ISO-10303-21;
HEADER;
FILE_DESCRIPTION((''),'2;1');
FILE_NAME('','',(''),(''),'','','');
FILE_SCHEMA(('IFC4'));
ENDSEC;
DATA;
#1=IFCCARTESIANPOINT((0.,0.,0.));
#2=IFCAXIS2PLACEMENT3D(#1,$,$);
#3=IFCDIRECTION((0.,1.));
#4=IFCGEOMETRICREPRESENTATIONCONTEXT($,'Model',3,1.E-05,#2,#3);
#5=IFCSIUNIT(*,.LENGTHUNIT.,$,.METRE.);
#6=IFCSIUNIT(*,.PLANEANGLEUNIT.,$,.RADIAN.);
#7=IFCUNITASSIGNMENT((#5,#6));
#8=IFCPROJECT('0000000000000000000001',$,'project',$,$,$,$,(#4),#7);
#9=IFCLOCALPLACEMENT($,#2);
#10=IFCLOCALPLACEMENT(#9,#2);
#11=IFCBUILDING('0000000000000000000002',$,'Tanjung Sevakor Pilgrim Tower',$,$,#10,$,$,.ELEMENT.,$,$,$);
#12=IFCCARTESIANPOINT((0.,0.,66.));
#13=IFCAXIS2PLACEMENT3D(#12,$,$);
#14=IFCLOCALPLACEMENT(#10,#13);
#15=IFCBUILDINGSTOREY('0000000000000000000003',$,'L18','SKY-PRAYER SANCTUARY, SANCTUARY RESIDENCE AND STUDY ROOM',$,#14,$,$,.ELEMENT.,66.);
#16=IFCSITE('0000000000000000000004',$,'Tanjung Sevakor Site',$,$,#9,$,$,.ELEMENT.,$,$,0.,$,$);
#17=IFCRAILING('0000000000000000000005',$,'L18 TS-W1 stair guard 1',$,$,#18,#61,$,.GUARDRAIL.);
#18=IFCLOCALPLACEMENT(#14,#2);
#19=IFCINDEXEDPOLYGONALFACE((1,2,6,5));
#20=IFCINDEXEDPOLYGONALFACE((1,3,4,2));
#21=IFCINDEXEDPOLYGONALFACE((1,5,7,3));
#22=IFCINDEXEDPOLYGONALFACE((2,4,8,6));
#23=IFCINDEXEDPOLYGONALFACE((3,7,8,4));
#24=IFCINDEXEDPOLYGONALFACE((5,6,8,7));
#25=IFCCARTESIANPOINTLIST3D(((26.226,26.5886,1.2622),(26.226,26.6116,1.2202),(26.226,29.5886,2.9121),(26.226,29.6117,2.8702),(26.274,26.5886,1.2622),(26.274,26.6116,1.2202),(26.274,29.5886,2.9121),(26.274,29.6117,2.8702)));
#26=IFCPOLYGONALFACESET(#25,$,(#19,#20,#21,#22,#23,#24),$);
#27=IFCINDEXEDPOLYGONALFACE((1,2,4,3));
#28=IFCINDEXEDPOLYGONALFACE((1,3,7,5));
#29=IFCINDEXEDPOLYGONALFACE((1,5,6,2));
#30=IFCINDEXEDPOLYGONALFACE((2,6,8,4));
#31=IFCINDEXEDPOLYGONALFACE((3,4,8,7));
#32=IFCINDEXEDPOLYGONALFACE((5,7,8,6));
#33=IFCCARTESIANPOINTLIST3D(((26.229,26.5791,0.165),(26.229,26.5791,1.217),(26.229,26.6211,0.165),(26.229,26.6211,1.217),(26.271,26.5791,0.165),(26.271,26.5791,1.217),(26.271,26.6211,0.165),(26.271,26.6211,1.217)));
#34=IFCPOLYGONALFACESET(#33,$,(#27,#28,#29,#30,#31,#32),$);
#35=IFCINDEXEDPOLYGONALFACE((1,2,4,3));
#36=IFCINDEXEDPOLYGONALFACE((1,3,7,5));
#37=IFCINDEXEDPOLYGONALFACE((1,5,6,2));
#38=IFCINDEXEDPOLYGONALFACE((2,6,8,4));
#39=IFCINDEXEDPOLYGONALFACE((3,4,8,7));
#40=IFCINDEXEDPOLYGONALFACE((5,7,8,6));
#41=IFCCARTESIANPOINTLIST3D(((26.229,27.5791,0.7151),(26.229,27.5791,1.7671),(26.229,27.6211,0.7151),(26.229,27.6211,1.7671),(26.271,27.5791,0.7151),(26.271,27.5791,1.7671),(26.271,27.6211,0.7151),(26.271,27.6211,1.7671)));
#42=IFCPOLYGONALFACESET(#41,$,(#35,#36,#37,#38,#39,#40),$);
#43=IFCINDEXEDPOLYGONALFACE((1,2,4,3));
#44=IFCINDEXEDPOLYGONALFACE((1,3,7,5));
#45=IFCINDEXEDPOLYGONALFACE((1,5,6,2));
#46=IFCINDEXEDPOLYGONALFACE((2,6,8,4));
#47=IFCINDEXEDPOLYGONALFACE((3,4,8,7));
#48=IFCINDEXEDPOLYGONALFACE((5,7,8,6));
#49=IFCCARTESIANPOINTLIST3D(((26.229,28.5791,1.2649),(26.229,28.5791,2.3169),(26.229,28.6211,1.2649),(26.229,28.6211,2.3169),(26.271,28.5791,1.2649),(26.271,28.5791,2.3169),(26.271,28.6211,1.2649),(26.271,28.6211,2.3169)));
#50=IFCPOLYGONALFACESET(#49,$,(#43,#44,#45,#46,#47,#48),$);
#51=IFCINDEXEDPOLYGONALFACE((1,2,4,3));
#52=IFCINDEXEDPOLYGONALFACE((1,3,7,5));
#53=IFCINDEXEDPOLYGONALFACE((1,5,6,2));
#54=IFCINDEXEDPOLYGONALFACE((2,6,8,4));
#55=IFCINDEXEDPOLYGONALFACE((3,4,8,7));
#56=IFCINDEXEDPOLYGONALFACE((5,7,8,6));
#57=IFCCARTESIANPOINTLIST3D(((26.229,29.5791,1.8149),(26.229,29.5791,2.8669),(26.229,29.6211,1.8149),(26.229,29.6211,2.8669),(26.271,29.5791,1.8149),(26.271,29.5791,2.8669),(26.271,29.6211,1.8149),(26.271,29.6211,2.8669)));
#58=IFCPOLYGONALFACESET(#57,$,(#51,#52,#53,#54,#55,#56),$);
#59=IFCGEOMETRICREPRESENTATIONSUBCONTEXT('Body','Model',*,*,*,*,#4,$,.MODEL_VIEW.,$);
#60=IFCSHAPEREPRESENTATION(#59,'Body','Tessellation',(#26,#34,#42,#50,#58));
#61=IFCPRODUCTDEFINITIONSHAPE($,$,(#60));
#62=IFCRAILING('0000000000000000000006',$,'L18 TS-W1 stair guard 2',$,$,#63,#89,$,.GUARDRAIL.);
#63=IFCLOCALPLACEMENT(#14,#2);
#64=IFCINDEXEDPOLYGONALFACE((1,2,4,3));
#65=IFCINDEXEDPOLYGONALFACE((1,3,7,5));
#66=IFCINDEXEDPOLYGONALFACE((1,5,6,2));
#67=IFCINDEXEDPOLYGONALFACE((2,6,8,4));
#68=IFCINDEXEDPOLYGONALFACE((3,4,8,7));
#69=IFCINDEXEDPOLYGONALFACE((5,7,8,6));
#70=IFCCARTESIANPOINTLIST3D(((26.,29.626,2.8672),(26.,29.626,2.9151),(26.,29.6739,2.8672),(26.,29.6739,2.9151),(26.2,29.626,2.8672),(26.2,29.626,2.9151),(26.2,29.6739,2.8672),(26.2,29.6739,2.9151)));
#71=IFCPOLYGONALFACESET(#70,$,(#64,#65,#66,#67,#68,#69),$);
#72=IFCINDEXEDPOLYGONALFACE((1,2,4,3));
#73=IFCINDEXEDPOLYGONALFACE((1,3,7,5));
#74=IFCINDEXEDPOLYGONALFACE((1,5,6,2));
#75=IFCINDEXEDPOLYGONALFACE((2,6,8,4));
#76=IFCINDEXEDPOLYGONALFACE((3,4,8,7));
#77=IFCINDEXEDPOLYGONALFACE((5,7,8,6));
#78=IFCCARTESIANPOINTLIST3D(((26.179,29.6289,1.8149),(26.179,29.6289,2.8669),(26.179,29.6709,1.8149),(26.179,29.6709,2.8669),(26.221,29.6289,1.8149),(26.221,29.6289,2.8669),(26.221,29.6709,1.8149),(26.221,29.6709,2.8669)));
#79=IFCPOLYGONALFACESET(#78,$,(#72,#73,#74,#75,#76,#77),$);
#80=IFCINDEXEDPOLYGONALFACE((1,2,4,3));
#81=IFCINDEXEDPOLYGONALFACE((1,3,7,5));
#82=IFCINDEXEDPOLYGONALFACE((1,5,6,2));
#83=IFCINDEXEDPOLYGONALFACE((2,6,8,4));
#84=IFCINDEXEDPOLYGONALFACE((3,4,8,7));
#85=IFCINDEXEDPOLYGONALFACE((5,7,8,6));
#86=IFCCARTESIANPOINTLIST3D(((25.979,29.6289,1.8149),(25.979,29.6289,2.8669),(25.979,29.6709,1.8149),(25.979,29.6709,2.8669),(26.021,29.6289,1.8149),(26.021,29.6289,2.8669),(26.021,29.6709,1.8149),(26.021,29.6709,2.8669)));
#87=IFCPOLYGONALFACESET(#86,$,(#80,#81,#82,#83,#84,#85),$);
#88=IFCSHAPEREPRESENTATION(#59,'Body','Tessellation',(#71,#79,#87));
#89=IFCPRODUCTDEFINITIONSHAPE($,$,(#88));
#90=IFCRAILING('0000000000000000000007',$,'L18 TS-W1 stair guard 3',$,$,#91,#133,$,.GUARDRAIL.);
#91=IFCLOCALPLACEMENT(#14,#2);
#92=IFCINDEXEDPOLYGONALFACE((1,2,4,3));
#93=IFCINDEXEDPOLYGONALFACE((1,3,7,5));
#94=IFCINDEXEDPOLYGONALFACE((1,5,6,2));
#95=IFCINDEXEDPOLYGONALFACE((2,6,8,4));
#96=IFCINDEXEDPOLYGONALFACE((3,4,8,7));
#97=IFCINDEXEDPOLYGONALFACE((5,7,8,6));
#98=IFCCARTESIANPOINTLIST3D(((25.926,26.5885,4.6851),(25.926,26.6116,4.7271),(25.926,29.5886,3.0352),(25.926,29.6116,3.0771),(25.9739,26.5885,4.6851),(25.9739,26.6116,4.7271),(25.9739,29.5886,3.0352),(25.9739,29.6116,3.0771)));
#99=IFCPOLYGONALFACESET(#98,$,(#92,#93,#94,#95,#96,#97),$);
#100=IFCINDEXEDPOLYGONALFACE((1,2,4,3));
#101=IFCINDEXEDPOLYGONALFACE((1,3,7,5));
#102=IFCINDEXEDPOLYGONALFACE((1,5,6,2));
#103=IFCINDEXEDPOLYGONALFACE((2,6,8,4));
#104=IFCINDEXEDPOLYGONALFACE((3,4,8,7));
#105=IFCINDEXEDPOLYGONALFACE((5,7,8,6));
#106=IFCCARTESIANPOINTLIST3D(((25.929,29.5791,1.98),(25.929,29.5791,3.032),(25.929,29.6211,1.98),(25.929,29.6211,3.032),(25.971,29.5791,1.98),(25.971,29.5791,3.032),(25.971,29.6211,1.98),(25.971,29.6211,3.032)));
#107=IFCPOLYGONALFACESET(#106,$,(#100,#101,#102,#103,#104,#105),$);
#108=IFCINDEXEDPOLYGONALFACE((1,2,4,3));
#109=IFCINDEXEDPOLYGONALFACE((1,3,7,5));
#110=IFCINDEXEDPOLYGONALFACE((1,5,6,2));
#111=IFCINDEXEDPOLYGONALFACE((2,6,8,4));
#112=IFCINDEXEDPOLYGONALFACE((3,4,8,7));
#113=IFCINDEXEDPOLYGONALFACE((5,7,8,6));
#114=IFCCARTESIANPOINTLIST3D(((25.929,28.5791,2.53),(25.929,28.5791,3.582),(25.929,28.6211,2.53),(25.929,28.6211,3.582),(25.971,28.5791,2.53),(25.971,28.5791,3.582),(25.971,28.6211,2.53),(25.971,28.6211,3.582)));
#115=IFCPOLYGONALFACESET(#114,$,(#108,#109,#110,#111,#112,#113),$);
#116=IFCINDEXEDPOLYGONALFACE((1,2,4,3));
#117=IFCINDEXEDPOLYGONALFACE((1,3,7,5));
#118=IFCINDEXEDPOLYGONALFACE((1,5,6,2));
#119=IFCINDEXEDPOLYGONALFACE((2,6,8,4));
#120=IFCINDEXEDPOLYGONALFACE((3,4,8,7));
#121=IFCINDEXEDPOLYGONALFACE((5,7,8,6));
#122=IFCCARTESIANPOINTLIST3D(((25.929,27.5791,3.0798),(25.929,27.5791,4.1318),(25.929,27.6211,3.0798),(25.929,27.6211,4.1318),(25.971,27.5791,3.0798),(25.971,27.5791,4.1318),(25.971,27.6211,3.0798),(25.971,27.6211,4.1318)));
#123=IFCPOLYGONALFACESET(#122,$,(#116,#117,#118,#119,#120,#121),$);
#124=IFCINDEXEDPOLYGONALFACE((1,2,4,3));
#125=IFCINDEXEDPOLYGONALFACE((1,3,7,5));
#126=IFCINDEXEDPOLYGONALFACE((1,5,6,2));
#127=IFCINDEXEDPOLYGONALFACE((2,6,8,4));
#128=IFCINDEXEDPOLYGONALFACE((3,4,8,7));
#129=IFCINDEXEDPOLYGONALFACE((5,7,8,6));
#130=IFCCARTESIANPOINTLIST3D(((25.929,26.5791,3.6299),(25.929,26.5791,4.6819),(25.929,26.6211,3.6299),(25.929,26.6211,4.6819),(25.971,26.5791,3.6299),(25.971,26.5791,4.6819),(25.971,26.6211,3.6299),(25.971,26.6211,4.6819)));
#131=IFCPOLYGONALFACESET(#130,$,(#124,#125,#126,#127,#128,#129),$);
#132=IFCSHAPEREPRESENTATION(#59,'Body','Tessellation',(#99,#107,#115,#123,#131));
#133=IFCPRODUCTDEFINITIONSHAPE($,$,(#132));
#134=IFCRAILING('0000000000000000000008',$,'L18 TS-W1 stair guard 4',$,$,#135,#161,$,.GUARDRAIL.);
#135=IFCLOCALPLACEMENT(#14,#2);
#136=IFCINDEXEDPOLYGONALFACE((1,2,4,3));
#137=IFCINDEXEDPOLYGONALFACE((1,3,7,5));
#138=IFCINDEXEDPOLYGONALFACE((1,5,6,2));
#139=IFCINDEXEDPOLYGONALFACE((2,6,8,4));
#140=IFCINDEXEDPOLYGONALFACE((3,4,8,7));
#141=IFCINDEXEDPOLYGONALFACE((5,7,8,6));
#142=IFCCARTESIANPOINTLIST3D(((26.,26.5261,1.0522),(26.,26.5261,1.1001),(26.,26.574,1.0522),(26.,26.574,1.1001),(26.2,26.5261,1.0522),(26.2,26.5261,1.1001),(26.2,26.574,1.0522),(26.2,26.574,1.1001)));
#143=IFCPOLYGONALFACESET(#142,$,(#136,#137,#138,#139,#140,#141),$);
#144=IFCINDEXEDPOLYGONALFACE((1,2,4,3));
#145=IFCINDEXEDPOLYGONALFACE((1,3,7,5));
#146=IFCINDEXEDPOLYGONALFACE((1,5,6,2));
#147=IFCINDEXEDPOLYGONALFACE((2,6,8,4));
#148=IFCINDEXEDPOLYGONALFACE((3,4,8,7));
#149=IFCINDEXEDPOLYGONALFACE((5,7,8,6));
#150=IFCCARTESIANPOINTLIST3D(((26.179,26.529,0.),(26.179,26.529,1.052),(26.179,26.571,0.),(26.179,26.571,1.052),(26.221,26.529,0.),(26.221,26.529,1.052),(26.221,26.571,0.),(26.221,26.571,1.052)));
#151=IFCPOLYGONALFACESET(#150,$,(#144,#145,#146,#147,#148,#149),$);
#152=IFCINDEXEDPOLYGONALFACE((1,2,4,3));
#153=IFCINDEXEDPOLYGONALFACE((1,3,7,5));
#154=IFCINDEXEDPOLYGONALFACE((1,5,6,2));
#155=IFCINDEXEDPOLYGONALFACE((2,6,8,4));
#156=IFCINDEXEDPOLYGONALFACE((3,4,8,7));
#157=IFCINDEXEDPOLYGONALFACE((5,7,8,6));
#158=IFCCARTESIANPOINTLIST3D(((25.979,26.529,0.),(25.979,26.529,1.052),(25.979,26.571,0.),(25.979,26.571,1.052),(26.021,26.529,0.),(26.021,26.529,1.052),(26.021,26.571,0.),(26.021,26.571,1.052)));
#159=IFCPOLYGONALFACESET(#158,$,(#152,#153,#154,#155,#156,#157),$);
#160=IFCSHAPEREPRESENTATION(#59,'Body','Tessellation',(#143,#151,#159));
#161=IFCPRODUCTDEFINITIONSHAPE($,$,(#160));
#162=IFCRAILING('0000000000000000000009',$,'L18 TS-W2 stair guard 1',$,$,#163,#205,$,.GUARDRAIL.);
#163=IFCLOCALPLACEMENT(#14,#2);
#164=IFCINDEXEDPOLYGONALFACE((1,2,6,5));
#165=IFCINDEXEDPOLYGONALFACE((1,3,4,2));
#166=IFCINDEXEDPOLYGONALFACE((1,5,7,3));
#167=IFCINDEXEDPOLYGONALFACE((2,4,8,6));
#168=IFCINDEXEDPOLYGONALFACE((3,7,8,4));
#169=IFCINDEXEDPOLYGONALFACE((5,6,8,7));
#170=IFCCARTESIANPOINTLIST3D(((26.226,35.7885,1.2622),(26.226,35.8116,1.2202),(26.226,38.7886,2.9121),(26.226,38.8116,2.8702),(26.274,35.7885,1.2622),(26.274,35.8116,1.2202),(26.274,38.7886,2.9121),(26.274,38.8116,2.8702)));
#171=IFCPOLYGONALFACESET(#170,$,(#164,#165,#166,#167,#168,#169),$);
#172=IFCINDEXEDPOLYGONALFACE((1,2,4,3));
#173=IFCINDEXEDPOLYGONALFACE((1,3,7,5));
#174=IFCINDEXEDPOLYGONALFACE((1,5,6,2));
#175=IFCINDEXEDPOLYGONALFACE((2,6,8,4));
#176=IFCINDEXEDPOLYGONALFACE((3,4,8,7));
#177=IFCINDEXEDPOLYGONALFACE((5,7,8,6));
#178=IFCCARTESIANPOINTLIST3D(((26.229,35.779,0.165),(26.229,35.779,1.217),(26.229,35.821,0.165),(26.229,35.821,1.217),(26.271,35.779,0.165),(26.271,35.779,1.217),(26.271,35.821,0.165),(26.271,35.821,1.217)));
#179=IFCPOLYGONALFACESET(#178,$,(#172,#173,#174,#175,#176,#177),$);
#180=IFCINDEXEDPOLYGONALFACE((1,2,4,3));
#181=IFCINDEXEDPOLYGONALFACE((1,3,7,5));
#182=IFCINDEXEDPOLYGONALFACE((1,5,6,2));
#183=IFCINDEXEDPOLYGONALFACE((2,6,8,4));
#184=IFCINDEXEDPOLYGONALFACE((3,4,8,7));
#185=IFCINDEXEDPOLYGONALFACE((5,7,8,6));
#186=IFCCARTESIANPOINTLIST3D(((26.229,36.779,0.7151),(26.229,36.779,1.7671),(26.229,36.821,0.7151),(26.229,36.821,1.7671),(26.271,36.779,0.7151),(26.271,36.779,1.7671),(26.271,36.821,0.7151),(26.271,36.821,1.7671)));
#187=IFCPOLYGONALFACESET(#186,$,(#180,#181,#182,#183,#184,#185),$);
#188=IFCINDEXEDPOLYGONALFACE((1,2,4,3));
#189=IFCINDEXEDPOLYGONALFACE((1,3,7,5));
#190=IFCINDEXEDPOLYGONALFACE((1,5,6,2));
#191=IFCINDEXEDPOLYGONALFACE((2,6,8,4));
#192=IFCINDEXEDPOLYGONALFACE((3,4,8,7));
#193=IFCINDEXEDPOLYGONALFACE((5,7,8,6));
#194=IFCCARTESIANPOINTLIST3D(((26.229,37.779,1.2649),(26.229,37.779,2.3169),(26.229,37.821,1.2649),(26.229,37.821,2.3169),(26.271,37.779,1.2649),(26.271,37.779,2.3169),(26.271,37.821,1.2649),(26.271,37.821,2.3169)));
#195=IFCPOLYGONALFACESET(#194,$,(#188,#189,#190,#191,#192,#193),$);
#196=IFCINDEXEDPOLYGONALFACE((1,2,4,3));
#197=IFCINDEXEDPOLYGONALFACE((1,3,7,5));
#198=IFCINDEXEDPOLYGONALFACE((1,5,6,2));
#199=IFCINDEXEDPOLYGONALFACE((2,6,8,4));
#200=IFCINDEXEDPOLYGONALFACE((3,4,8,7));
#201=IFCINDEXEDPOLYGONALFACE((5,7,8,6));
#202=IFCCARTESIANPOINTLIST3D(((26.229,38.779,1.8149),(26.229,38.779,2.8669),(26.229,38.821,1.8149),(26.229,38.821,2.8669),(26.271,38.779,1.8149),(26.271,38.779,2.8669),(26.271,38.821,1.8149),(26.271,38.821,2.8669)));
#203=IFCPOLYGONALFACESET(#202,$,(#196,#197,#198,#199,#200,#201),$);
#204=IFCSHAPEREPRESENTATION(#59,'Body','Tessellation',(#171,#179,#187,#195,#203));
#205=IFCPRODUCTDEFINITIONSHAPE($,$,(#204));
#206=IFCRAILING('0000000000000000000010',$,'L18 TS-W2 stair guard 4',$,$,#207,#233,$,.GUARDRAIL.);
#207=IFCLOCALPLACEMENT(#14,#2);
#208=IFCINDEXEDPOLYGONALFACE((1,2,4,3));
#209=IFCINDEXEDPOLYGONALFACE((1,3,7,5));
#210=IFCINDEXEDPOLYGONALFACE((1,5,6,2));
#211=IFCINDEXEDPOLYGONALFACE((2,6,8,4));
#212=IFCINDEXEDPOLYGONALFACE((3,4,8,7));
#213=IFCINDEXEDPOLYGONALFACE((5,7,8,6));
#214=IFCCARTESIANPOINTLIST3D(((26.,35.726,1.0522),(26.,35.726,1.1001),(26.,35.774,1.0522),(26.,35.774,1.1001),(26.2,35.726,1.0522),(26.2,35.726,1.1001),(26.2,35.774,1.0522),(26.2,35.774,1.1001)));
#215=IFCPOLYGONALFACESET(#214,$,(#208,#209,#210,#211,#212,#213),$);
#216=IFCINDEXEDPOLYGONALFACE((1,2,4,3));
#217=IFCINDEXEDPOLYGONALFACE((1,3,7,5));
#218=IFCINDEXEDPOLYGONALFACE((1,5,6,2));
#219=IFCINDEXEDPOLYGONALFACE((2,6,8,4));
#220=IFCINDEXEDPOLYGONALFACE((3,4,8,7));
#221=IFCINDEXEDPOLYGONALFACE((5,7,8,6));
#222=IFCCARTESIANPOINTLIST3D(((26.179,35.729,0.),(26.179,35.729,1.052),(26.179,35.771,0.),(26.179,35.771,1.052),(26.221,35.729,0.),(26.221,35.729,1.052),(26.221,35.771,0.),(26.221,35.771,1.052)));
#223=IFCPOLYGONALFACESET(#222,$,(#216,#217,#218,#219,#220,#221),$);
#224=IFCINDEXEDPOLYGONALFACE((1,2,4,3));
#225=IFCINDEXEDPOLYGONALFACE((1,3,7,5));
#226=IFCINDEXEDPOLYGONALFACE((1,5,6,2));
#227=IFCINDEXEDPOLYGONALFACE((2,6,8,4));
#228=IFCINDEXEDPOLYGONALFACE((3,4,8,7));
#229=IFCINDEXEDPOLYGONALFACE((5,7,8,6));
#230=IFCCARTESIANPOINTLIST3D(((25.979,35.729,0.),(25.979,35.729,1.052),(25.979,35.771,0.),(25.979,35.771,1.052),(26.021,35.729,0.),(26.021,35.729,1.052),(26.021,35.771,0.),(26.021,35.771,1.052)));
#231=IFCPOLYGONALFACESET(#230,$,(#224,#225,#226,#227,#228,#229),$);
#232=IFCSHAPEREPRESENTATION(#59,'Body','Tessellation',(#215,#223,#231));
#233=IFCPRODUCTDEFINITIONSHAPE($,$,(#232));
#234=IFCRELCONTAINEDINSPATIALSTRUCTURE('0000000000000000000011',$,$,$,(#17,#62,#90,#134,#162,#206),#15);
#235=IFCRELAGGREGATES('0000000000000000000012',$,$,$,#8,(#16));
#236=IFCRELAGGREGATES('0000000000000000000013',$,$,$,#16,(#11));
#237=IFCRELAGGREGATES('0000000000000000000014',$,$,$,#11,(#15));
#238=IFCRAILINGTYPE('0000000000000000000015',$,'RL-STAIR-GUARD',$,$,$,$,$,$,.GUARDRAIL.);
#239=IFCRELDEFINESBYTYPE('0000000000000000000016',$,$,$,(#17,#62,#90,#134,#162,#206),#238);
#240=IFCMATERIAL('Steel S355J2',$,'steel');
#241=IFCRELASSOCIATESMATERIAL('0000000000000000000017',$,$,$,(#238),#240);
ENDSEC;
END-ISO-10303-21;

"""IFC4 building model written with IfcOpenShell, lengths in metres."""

from ifc_helpers import new_model, si_unit, direction, frame, origin, place, context, subcontext, project, spatial, rectangle, extrude, material, type_object, element, save


model = new_model("IFC4")

# Units and contexts
model_context = context("Model", 3, precision=1e-05, world=origin(), true_north=direction((0.0, 1.0)))
body_context = subcontext(model_context, "Body", "Model", "MODEL_VIEW")
ifc_project = project(units=[si_unit("LENGTHUNIT", "METRE"), si_unit("PLANEANGLEUNIT", "RADIAN")], contexts=[model_context])

# Site, building, storey
site_placement = place(None, origin())
site = spatial("IfcSite", under=ifc_project, at=site_placement, Name="Tanjung Sevakor Site", CompositionType="ELEMENT", RefElevation=0.0)
building_placement = place(site_placement, origin())
building = spatial("IfcBuilding", under=site, at=building_placement, Name="Tanjung Sevakor Pilgrim Tower", CompositionType="ELEMENT")
storey_placement = place(building_placement, frame((0.0, 0.0, 66.0)))
storey = spatial("IfcBuildingStorey", under=building, at=storey_placement, Name="L18", Description="SKY-PRAYER SANCTUARY, SANCTUARY RESIDENCE AND STUDY ROOM", CompositionType="ELEMENT", Elevation=66.0)

# Railings
ifc_material_1 = material(Name="Steel S355J2", Category="steel")
railing_type_1 = type_object("IfcRailingType", Name="RL-STAIR-GUARD", PredefinedType="GUARDRAIL", material=ifc_material_1)
railing_1_placement = place(storey_placement, frame((26.25, 26.6001, 0.165)))
element("IfcRailing", 1, at=railing_1_placement, inside=storey, type_object=railing_type_1, Name="L18 TS-W1 stair guard 1", PredefinedType="GUARDRAIL", context=body_context, shape_type="SweptSolid", body=[
    extrude(rectangle(XDim=0.0479, YDim=0.0479), frame((0.0, 0.0, 1.0762), z_axis=(0.0, 0.876228, 0.481897), x_axis=(-1.0, 0.0, 0.0)), (0.0, 0.0, 1.0), 3.4238),
    extrude(rectangle(XDim=0.042, YDim=0.042), origin(), (0.0, 0.0, 1.0), 1.052),
    extrude(rectangle(XDim=0.042, YDim=0.042), frame((0.0, 1.0, 0.55)), (0.0, 0.0, 1.0), 1.052),
    extrude(rectangle(XDim=0.042, YDim=0.042), frame((0.0, 2.0, 1.0999)), (0.0, 0.0, 1.0), 1.052),
    extrude(rectangle(XDim=0.042, YDim=0.042), frame((0.0, 3.0, 1.6499)), (0.0, 0.0, 1.0), 1.052),
])
railing_2_placement = place(storey_placement, frame((26.2, 29.6499, 1.8149)))
element("IfcRailing", 2, at=railing_2_placement, inside=storey, type_object=railing_type_1, Name="L18 TS-W1 stair guard 2", PredefinedType="GUARDRAIL", context=body_context, shape_type="SweptSolid", body=[
    extrude(rectangle(XDim=0.0479, YDim=0.0479), frame((0.0, 0.0, 1.0762), z_axis=(-1.0, 0.0, 0.0), x_axis=(0.0, -1.0, 0.0)), (0.0, 0.0, 1.0), 0.2),
    extrude(rectangle(XDim=0.042, YDim=0.042), origin(), (0.0, 0.0, 1.0), 1.052),
    extrude(rectangle(XDim=0.042, YDim=0.042), frame((-0.2, 0.0, 0.0)), (0.0, 0.0, 1.0), 1.052),
])
railing_3_placement = place(storey_placement, frame((25.95, 29.6001, 1.98)))
element("IfcRailing", 3, at=railing_3_placement, inside=storey, type_object=railing_type_1, Name="L18 TS-W1 stair guard 3", PredefinedType="GUARDRAIL", context=body_context, shape_type="SweptSolid", body=[
    extrude(rectangle(XDim=0.0479, YDim=0.0479), frame((0.0, 0.0, 1.0762), z_axis=(0.0, -0.876228, 0.481897), x_axis=(1.0, 0.0, 0.0)), (0.0, 0.0, 1.0), 3.4238),
    extrude(rectangle(XDim=0.042, YDim=0.042), origin(), (0.0, 0.0, 1.0), 1.052),
    extrude(rectangle(XDim=0.042, YDim=0.042), frame((0.0, -1.0, 0.55)), (0.0, 0.0, 1.0), 1.052),
    extrude(rectangle(XDim=0.042, YDim=0.042), frame((0.0, -2.0, 1.0999)), (0.0, 0.0, 1.0), 1.052),
    extrude(rectangle(XDim=0.042, YDim=0.042), frame((0.0, -3.0, 1.6499)), (0.0, 0.0, 1.0), 1.052),
])
railing_4_placement = place(storey_placement, frame((26.2, 26.55, 0.0)))
element("IfcRailing", 4, at=railing_4_placement, inside=storey, type_object=railing_type_1, Name="L18 TS-W1 stair guard 4", PredefinedType="GUARDRAIL", context=body_context, shape_type="SweptSolid", body=[
    extrude(rectangle(XDim=0.0479, YDim=0.0479), frame((0.0, 0.0, 1.0762), z_axis=(-1.0, 0.0, 0.0), x_axis=(0.0, -1.0, 0.0)), (0.0, 0.0, 1.0), 0.2),
    extrude(rectangle(XDim=0.042, YDim=0.042), origin(), (0.0, 0.0, 1.0), 1.052),
    extrude(rectangle(XDim=0.042, YDim=0.042), frame((-0.2, 0.0, 0.0)), (0.0, 0.0, 1.0), 1.052),
])
railing_5_placement = place(storey_placement, frame((26.25, 35.8, 0.165)))
element("IfcRailing", 5, at=railing_5_placement, inside=storey, type_object=railing_type_1, Name="L18 TS-W2 stair guard 1", PredefinedType="GUARDRAIL", context=body_context, shape_type="SweptSolid", body=[
    extrude(rectangle(XDim=0.0479, YDim=0.0479), frame((0.0, 0.0, 1.0762), z_axis=(0.0, 0.876228, 0.481897), x_axis=(-1.0, 0.0, 0.0)), (0.0, 0.0, 1.0), 3.4238),
    extrude(rectangle(XDim=0.042, YDim=0.042), origin(), (0.0, 0.0, 1.0), 1.052),
    extrude(rectangle(XDim=0.042, YDim=0.042), frame((0.0, 1.0, 0.55)), (0.0, 0.0, 1.0), 1.052),
    extrude(rectangle(XDim=0.042, YDim=0.042), frame((0.0, 2.0, 1.0999)), (0.0, 0.0, 1.0), 1.052),
    extrude(rectangle(XDim=0.042, YDim=0.042), frame((0.0, 3.0, 1.6499)), (0.0, 0.0, 1.0), 1.052),
])
railing_6_placement = place(storey_placement, frame((26.2, 35.75, 0.0)))
element("IfcRailing", 6, at=railing_6_placement, inside=storey, type_object=railing_type_1, Name="L18 TS-W2 stair guard 4", PredefinedType="GUARDRAIL", context=body_context, shape_type="SweptSolid", body=[
    extrude(rectangle(XDim=0.0479, YDim=0.0479), frame((0.0, 0.0, 1.0762), z_axis=(-1.0, 0.0, 0.0), x_axis=(0.0, -1.0, 0.0)), (0.0, 0.0, 1.0), 0.2),
    extrude(rectangle(XDim=0.042, YDim=0.042), origin(), (0.0, 0.0, 1.0), 1.052),
    extrude(rectangle(XDim=0.042, YDim=0.042), frame((-0.2, 0.0, 0.0)), (0.0, 0.0, 1.0), 1.052),
])

save(model, "model.ifc")
